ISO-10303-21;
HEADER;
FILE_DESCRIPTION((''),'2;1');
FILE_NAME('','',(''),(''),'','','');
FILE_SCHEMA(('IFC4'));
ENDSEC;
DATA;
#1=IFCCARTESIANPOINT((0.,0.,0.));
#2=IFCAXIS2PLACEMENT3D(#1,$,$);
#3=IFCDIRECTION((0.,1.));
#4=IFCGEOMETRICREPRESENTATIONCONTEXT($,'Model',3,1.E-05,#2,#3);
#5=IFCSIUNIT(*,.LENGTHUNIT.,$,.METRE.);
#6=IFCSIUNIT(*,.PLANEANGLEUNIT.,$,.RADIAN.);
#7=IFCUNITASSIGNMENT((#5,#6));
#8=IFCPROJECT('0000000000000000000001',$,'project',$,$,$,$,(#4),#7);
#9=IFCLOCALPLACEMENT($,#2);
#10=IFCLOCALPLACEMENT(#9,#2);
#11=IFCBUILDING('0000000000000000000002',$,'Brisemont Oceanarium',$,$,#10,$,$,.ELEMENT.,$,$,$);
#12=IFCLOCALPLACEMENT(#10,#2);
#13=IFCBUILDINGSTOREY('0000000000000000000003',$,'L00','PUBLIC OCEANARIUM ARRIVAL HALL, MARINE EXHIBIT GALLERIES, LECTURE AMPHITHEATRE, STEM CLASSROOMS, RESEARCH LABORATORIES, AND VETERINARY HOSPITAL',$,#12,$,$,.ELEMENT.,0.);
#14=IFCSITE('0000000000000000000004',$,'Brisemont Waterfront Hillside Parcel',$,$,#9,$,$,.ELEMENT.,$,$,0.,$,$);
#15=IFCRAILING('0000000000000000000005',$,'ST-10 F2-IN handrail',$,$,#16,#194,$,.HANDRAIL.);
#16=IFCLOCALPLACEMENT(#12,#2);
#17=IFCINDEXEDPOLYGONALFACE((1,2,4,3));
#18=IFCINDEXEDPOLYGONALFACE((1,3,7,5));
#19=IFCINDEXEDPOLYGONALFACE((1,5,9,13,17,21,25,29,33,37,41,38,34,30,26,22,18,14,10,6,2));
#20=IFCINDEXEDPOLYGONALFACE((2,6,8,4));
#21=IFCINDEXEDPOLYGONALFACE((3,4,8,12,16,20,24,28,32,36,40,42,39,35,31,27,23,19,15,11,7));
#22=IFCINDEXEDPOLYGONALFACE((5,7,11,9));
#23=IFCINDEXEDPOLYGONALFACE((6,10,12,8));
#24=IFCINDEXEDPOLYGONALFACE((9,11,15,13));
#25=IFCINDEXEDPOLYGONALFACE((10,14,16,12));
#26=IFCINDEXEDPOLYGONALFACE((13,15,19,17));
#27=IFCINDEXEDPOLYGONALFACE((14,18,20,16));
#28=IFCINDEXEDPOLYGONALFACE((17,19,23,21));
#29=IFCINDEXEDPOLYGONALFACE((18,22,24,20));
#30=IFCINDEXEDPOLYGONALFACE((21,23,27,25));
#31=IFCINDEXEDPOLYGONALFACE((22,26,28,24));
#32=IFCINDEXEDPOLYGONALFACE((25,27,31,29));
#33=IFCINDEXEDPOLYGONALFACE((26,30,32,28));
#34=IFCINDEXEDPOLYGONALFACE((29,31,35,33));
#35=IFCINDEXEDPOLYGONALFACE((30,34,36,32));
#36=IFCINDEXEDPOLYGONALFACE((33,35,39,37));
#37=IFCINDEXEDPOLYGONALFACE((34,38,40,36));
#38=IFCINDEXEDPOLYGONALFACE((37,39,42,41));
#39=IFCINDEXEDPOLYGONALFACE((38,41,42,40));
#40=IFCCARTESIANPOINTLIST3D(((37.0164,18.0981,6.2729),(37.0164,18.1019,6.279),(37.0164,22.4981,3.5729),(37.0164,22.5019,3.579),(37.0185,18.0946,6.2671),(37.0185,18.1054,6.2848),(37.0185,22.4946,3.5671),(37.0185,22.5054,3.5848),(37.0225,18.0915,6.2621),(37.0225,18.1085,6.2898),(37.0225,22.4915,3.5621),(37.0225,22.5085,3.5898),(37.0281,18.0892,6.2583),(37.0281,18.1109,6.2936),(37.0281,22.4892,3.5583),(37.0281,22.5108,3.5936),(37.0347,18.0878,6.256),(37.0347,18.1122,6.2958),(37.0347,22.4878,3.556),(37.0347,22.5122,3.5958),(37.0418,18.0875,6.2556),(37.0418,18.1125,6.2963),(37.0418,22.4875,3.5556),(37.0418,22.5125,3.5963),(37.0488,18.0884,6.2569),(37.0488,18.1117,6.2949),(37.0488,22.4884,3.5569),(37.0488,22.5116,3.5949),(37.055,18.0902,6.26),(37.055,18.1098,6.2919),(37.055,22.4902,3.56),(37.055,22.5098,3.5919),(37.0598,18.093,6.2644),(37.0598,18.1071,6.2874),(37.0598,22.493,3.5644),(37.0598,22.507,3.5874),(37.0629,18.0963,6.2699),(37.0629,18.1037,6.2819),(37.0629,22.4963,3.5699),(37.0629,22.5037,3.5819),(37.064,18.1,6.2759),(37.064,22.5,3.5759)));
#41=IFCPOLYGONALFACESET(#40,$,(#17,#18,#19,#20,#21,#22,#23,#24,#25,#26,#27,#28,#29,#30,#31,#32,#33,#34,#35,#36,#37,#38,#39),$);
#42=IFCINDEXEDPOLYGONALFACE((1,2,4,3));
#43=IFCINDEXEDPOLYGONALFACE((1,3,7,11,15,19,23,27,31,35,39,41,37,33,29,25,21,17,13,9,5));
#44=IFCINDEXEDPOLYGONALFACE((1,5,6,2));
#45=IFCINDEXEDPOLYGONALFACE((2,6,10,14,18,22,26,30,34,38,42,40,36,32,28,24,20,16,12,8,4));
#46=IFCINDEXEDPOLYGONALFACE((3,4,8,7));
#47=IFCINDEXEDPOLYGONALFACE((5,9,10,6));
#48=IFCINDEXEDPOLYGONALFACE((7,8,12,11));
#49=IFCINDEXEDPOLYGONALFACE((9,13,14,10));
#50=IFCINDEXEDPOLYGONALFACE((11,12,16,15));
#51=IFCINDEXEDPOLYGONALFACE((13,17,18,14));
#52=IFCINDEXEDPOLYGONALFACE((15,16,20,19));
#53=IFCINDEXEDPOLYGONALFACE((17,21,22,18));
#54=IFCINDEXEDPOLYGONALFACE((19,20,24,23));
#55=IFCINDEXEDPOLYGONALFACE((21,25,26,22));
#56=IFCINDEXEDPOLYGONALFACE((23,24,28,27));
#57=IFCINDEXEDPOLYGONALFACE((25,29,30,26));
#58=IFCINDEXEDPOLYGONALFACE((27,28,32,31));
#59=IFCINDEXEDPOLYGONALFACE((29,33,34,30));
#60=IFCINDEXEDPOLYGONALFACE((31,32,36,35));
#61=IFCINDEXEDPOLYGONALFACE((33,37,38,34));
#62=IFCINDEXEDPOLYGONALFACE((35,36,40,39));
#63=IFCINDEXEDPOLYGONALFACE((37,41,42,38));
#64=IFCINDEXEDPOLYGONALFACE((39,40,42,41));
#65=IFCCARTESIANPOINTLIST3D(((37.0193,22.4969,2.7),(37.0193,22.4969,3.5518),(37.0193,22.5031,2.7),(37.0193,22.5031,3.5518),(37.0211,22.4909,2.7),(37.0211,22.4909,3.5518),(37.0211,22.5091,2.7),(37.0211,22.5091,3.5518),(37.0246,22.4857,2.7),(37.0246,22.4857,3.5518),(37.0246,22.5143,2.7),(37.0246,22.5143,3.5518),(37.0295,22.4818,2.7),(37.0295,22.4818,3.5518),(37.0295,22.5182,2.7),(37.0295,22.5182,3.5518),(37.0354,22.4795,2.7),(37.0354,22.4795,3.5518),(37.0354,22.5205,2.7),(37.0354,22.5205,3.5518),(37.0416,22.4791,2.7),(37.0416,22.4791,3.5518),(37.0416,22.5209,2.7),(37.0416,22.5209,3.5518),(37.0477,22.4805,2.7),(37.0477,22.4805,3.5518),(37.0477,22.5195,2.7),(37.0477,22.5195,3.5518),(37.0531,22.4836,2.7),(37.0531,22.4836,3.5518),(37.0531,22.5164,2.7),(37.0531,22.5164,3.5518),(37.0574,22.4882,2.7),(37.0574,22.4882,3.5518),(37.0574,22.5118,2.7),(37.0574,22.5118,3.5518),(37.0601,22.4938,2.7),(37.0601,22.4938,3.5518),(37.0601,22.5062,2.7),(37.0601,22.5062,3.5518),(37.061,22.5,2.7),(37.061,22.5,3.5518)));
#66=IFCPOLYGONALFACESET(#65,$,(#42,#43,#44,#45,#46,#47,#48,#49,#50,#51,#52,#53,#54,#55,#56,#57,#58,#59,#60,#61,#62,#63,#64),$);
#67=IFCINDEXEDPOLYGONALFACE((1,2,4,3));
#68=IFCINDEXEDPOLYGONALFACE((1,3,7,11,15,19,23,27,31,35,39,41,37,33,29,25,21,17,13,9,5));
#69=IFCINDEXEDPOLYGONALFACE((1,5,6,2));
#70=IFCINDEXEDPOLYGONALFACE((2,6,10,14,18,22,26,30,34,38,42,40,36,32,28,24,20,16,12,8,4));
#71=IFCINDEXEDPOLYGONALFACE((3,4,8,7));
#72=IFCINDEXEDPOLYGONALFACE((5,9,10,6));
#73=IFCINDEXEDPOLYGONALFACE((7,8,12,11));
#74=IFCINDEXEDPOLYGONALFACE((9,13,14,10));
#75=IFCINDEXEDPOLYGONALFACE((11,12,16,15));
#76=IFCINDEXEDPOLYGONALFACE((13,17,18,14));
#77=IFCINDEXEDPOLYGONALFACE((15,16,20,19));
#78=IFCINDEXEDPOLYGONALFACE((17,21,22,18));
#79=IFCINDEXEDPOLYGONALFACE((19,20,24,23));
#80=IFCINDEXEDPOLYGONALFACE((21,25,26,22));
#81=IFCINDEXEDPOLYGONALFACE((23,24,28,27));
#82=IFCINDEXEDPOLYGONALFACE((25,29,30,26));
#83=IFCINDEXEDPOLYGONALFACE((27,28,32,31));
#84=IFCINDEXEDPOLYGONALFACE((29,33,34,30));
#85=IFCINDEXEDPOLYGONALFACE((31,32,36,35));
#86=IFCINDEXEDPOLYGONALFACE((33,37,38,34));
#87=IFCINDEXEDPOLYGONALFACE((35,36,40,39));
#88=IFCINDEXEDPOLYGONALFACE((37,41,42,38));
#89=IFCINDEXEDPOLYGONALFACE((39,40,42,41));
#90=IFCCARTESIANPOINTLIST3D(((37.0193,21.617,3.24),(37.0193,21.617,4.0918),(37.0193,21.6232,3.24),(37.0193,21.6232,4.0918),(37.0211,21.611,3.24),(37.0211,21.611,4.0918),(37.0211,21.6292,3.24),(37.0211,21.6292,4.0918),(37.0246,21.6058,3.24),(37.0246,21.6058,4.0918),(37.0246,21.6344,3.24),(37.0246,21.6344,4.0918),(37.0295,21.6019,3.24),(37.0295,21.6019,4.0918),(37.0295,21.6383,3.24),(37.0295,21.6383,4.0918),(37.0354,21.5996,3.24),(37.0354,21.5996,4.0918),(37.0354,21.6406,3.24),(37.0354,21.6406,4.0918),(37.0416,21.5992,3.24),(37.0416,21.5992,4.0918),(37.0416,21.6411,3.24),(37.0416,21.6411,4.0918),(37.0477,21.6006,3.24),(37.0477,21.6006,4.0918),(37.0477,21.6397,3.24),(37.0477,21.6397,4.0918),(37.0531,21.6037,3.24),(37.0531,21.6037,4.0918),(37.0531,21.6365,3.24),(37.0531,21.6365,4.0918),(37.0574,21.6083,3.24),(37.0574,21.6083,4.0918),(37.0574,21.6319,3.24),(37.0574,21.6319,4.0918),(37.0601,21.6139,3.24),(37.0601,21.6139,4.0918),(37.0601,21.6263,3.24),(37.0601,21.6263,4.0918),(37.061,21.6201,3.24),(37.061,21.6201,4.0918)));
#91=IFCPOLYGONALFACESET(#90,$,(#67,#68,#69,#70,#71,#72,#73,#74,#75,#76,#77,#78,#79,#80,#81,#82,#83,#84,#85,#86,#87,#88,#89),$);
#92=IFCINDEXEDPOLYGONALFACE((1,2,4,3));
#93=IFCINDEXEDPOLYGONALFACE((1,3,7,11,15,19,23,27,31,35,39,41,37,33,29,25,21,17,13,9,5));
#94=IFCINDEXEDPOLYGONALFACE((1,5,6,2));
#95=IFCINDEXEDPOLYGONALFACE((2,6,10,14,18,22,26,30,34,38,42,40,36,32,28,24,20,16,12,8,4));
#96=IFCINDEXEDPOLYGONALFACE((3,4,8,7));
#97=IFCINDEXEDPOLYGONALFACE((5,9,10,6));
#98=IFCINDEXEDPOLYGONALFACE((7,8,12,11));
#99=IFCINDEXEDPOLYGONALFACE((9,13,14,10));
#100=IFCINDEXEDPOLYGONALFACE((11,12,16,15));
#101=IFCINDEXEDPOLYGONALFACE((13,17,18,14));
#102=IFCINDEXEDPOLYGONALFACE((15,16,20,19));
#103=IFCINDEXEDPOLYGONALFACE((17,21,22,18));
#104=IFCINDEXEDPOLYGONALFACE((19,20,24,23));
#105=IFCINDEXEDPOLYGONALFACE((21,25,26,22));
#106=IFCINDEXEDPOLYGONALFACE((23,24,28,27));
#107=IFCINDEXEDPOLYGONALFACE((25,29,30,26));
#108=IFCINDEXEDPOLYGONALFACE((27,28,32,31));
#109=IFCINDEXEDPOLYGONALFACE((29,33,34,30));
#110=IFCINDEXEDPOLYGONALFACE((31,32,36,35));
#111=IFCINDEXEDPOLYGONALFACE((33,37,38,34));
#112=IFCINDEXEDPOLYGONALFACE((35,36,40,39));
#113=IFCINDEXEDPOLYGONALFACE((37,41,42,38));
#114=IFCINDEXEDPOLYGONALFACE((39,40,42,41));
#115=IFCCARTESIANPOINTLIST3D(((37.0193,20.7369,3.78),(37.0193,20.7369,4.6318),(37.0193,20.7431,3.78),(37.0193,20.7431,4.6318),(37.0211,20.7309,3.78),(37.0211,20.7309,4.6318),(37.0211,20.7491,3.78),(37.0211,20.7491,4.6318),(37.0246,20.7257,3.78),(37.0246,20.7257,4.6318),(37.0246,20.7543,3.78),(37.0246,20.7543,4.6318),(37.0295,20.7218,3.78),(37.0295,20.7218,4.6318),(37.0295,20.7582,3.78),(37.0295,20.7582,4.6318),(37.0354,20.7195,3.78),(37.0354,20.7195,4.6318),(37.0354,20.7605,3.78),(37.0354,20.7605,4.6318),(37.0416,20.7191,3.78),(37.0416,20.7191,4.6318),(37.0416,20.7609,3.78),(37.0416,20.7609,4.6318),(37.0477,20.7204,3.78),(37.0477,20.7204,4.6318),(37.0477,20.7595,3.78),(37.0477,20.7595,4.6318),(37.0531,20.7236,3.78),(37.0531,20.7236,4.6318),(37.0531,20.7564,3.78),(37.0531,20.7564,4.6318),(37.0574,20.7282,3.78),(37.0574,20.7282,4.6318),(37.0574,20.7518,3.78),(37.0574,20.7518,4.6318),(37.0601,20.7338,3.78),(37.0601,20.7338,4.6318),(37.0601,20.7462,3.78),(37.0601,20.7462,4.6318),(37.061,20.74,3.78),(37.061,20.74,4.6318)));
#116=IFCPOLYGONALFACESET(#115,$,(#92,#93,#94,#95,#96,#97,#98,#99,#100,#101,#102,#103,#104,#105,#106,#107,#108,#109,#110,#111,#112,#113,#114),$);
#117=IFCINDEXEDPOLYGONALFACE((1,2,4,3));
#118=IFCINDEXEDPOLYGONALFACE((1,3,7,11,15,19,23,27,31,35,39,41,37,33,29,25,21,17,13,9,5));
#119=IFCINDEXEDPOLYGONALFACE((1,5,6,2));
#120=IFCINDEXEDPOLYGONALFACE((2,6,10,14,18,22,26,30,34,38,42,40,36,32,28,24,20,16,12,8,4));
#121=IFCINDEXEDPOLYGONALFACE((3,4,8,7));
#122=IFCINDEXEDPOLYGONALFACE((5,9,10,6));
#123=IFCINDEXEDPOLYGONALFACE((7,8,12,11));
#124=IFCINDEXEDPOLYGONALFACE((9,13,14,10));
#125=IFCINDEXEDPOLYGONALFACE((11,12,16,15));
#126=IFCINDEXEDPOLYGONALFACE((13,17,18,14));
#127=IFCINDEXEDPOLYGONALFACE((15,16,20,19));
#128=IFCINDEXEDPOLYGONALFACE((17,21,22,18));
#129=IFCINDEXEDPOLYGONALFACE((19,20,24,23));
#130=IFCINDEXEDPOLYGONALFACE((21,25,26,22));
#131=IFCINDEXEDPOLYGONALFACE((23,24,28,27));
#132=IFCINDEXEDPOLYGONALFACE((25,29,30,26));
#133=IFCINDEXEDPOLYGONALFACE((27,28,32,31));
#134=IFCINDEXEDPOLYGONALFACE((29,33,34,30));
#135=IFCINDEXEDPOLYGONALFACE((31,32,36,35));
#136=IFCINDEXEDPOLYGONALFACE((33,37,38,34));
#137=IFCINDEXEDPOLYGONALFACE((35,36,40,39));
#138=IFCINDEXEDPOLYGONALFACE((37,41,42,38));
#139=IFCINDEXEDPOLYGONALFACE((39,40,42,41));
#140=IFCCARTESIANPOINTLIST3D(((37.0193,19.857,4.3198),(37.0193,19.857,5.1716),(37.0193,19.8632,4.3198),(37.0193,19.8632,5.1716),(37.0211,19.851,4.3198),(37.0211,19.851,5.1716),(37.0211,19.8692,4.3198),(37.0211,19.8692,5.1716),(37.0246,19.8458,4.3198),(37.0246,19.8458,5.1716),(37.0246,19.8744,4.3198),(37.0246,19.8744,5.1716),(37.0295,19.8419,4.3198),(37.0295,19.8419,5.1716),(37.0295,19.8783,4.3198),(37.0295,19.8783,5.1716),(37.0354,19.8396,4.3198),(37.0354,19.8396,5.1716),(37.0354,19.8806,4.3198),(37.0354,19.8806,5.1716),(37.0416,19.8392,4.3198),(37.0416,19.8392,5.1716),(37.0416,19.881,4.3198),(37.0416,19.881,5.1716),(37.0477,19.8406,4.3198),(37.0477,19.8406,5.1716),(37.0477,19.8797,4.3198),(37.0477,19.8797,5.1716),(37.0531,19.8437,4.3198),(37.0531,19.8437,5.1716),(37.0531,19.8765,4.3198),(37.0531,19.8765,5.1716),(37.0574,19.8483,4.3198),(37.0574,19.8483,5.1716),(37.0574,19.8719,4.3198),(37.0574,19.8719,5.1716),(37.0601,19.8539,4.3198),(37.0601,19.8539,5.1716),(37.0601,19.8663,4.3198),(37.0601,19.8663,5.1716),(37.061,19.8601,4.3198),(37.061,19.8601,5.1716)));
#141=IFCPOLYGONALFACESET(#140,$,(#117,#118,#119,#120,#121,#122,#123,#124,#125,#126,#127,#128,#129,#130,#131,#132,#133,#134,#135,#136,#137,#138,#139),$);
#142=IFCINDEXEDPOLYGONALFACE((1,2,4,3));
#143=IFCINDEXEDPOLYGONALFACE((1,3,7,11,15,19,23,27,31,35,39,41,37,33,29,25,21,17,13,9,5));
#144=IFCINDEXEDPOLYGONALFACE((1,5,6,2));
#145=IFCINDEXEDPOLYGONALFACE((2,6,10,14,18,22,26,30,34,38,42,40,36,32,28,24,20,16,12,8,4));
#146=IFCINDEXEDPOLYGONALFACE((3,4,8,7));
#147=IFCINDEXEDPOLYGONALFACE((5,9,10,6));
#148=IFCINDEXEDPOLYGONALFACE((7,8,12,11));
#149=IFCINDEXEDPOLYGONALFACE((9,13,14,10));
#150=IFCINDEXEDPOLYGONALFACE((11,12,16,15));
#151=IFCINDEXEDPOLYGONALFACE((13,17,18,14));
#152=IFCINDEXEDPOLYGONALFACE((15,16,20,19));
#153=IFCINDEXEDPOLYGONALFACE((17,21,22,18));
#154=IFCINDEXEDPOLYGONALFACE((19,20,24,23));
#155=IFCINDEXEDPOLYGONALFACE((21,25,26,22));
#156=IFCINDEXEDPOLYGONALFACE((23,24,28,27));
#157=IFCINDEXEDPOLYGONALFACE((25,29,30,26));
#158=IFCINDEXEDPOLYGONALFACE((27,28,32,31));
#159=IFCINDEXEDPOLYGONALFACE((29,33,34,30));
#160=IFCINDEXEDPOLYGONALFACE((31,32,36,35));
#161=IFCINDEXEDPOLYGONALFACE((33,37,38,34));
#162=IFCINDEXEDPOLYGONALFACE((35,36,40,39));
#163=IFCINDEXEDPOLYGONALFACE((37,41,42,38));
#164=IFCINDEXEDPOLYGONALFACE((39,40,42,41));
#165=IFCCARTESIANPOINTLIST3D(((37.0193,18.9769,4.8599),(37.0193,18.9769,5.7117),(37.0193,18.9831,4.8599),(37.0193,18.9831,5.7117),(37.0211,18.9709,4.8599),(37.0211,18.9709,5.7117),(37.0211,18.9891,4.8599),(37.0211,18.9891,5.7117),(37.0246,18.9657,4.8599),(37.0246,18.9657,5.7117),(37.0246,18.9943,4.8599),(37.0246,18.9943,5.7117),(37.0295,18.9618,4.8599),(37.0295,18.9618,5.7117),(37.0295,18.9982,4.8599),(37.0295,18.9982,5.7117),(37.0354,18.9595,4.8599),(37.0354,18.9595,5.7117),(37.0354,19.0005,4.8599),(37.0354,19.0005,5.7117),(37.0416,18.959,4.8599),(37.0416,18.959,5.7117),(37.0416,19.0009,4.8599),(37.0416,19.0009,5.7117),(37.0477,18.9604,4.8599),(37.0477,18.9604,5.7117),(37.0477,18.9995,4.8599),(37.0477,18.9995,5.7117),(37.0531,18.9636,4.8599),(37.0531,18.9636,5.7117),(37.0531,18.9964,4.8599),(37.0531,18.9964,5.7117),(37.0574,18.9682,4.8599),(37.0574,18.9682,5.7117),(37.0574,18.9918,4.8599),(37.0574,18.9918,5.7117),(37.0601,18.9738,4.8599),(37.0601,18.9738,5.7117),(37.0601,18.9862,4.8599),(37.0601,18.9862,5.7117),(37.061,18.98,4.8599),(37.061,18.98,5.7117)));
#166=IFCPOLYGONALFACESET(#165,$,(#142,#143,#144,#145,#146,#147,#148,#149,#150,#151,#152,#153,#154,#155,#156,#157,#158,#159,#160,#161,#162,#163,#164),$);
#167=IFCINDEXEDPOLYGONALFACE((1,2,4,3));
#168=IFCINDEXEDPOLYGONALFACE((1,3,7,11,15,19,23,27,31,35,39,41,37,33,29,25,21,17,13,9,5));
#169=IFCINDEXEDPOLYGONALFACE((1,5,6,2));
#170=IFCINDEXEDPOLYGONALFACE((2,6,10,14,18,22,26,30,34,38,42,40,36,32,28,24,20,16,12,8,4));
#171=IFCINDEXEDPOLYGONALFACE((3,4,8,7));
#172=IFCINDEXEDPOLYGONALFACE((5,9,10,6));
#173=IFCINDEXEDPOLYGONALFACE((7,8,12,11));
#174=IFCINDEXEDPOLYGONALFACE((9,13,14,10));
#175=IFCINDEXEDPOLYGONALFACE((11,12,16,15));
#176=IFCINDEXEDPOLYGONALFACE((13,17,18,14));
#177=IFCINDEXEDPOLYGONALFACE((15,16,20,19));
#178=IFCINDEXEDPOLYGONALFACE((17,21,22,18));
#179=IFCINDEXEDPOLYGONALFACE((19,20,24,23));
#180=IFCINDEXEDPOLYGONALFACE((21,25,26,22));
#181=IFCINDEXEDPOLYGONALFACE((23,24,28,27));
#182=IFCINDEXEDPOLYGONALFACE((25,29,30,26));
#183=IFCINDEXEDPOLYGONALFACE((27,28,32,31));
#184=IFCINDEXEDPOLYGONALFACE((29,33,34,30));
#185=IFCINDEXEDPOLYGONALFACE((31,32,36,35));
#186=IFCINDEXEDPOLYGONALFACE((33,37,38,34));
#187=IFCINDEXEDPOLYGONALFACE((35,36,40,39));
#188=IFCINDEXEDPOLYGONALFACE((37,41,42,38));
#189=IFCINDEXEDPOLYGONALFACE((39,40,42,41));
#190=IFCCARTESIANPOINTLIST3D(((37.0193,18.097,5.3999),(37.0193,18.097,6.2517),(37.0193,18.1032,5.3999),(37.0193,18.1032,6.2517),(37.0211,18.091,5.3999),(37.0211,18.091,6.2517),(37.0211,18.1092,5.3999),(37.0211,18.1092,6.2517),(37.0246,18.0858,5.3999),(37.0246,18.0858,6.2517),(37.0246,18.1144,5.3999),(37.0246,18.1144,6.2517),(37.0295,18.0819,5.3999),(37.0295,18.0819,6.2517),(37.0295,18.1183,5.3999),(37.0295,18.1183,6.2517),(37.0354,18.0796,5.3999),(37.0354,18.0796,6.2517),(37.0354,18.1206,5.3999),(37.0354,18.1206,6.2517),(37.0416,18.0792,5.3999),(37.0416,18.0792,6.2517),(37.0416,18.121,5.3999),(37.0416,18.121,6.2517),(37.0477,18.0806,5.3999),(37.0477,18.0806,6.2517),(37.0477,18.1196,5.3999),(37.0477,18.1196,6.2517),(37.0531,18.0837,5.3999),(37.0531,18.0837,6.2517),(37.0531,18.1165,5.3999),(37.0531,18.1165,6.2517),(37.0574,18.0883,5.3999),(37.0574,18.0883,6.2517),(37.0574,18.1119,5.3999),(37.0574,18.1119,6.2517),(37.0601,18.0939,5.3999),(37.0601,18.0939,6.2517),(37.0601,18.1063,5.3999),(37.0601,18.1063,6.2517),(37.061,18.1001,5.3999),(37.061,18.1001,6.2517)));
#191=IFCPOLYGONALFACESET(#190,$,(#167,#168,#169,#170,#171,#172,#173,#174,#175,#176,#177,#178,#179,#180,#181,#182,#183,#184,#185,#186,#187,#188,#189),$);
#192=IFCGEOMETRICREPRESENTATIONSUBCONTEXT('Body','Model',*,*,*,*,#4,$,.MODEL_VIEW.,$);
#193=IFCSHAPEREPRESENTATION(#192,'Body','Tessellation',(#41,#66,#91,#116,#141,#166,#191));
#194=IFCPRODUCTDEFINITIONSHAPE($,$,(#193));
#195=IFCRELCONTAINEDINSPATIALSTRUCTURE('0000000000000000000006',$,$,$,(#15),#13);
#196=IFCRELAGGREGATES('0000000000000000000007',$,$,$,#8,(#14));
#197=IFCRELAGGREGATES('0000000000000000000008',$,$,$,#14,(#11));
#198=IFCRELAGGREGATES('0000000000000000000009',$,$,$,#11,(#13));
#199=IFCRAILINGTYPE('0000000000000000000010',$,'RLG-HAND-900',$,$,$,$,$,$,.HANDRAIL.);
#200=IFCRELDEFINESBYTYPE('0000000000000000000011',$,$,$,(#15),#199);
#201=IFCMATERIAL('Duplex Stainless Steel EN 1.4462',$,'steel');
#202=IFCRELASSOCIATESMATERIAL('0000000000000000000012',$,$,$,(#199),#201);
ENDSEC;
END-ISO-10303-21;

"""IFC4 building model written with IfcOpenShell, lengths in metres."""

from ifc_helpers import new_model, si_unit, direction, frame, origin, origin_2d, place, context, subcontext, project, spatial, circle, extrude, material, type_object, element, save


model = new_model("IFC4")

# Units and contexts
model_context = context("Model", 3, precision=1e-05, world=origin(), true_north=direction((0.0, 1.0)))
body_context = subcontext(model_context, "Body", "Model", "MODEL_VIEW")
ifc_project = project(units=[si_unit("LENGTHUNIT", "METRE"), si_unit("PLANEANGLEUNIT", "RADIAN")], contexts=[model_context])

# Site, building, storey
site_placement = place(None, origin())
site = spatial("IfcSite", under=ifc_project, at=site_placement, Name="Brisemont Waterfront Hillside Parcel", CompositionType="ELEMENT", RefElevation=0.0)
building_placement = place(site_placement, origin())
building = spatial("IfcBuilding", under=site, at=building_placement, Name="Brisemont Oceanarium", CompositionType="ELEMENT")
storey_placement = place(building_placement, origin())
storey = spatial("IfcBuildingStorey", under=building, at=storey_placement, Name="L00", Description="PUBLIC OCEANARIUM ARRIVAL HALL, MARINE EXHIBIT GALLERIES, LECTURE AMPHITHEATRE, STEM CLASSROOMS, RESEARCH LABORATORIES, AND VETERINARY HOSPITAL", CompositionType="ELEMENT", Elevation=0.0)

# Railing
ifc_material_1 = material(Name="Duplex Stainless Steel EN 1.4462", Category="steel")
railing_type_1 = type_object("IfcRailingType", Name="RLG-HAND-900", PredefinedType="HANDRAIL", material=ifc_material_1)
railing_1_placement = place(storey_placement, frame((37.04, 22.5, 2.7)))
element("IfcRailing", 1, at=railing_1_placement, inside=storey, type_object=railing_type_1, Name="ST-10 F2-IN handrail", PredefinedType="HANDRAIL", context=body_context, shape_type="SweptSolid", body=[
    extrude(circle(Radius=0.0239, at=origin_2d()), frame((0.0, 0.0, 0.876), z_axis=(0.0, -0.852322, 0.523018), x_axis=(1.0, 0.0, 0.0)), (0.0, 0.0, 1.0), 5.1624),
    extrude(circle(Radius=0.021, at=origin_2d()), origin(), (0.0, 0.0, 1.0), 0.8518),
    extrude(circle(Radius=0.021, at=origin_2d()), frame((0.0, -0.8799, 0.54)), (0.0, 0.0, 1.0), 0.8518),
    extrude(circle(Radius=0.021, at=origin_2d()), frame((0.0, -1.76, 1.0801)), (0.0, 0.0, 1.0), 0.8518),
    extrude(circle(Radius=0.021, at=origin_2d()), frame((0.0, -2.6399, 1.6199)), (0.0, 0.0, 1.0), 0.8518),
    extrude(circle(Radius=0.021, at=origin_2d()), frame((0.0, -3.52, 2.1599)), (0.0, 0.0, 1.0), 0.8518),
    extrude(circle(Radius=0.021, at=origin_2d()), frame((0.0, -4.3999, 2.7)), (0.0, 0.0, 1.0), 0.8518),
])

save(model, "model.ifc")
